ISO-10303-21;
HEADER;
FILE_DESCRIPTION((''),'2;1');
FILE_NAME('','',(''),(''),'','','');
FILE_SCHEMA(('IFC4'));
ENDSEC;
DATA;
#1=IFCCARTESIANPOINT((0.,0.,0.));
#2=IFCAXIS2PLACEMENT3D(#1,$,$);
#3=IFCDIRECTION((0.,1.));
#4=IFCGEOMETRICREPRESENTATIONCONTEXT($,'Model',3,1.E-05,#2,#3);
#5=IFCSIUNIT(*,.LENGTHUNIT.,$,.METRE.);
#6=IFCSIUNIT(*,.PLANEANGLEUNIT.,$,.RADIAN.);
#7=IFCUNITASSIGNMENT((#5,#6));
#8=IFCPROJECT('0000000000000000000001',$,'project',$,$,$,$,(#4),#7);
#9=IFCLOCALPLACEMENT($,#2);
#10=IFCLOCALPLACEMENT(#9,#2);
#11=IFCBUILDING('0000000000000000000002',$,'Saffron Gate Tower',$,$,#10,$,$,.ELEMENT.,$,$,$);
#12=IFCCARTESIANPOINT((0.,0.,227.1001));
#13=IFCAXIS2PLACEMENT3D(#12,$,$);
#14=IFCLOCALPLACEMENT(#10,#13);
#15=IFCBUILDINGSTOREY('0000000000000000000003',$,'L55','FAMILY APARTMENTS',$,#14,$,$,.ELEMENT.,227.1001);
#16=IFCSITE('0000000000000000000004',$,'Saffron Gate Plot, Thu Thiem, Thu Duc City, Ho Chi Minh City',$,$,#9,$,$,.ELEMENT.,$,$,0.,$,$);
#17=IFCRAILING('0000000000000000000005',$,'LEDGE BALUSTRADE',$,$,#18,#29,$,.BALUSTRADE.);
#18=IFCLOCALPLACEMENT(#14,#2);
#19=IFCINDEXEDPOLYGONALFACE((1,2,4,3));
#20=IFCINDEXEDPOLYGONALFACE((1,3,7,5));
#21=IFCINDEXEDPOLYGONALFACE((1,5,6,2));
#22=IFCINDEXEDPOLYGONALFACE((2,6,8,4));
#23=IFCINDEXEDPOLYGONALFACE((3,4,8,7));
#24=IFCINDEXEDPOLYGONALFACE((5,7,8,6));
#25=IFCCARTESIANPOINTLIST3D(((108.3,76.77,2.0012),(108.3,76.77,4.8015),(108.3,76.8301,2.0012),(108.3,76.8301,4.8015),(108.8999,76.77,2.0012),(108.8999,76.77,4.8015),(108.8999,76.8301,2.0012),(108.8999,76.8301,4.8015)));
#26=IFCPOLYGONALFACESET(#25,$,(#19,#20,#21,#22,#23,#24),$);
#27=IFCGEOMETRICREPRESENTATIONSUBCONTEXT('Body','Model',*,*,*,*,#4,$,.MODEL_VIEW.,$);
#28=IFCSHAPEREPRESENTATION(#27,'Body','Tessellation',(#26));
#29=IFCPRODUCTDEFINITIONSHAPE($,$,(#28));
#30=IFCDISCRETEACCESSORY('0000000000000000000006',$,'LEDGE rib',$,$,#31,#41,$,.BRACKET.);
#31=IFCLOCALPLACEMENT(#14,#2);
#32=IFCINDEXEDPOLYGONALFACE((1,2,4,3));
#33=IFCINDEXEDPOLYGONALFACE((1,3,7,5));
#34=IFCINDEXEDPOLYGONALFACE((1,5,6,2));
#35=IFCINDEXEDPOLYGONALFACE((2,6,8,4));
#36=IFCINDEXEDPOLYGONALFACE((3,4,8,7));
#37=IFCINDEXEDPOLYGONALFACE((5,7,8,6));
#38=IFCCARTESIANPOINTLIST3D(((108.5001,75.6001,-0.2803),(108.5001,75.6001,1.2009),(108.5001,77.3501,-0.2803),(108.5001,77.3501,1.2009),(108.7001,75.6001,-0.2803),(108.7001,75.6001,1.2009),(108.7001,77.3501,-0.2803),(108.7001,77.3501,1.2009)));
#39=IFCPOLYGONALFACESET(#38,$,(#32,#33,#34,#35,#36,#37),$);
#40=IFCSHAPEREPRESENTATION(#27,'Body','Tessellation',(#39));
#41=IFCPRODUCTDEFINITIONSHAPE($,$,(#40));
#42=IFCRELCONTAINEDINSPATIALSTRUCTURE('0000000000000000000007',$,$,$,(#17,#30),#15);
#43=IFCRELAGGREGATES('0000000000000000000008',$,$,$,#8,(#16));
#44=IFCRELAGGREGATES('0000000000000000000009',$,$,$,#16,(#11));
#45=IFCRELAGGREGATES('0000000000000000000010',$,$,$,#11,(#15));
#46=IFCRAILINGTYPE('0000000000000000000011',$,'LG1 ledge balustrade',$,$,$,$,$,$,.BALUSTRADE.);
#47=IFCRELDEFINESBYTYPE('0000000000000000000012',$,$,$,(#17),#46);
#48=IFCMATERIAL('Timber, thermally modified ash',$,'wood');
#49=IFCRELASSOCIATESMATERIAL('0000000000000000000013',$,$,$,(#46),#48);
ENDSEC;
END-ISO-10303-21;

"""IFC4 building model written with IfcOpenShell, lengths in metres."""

from ifc_helpers import new_model, si_unit, direction, frame, origin, origin_2d, place, context, subcontext, project, spatial, rectangle, extrude, material, type_object, element, save


model = new_model("IFC4")

# Units and contexts
model_context = context("Model", 3, precision=1e-05, world=origin(), true_north=direction((0.0, 1.0)))
body_context = subcontext(model_context, "Body", "Model", "MODEL_VIEW")
ifc_project = project(units=[si_unit("LENGTHUNIT", "METRE"), si_unit("PLANEANGLEUNIT", "RADIAN")], contexts=[model_context])

# Site, building, storey
site_placement = place(None, origin())
site = spatial("IfcSite", under=ifc_project, at=site_placement, Name="Saffron Gate Plot, Thu Thiem, Thu Duc City, Ho Chi Minh City", CompositionType="ELEMENT", RefElevation=0.0)
building_placement = place(site_placement, origin())
building = spatial("IfcBuilding", under=site, at=building_placement, Name="Saffron Gate Tower", CompositionType="ELEMENT")
storey_placement = place(building_placement, frame((0.0, 0.0, 227.1001)))
storey = spatial("IfcBuildingStorey", under=building, at=storey_placement, Name="L55", Description="FAMILY APARTMENTS", CompositionType="ELEMENT", Elevation=227.1001)

# Shared definitions
ifc_material_1 = material(Name="Timber, thermally modified ash", Category="wood")

# Railing
railing_type_1 = type_object("IfcRailingType", Name="LG1 ledge balustrade", PredefinedType="BALUSTRADE", material=ifc_material_1)
railing_1_placement = place(storey_placement, frame((108.8999, 76.8, 2.0012)))
element("IfcRailing", 1, at=railing_1_placement, inside=storey, type_object=railing_type_1, Name="LEDGE BALUSTRADE", PredefinedType="BALUSTRADE", context=body_context, shape_type="SweptSolid", body=[
    extrude(rectangle(XDim=0.0601, YDim=2.8003, at=origin_2d()), frame((0.0, 0.0, 1.4001), z_axis=(-1.0, 0.0, 0.0), x_axis=(0.0, -1.0, 0.0)), (0.0, 0.0, 1.0), 0.5999),
])

# Discrete accessory
discrete_accessory_placement = place(storey_placement, frame((108.6001, 76.4751, -0.2803), z_axis=(0.0, 0.0, 1.0), x_axis=(-1.0, 0.0, 0.0)))
element("IfcDiscreteAccessory", 2, at=discrete_accessory_placement, inside=storey, Name="LEDGE rib", PredefinedType="BRACKET", context=body_context, shape_type="SweptSolid", body=[
    extrude(rectangle(XDim=0.2, YDim=1.75, at=origin_2d()), origin(), (0.0, 0.0, 1.0), 1.4812),
])

save(model, "model.ifc")
